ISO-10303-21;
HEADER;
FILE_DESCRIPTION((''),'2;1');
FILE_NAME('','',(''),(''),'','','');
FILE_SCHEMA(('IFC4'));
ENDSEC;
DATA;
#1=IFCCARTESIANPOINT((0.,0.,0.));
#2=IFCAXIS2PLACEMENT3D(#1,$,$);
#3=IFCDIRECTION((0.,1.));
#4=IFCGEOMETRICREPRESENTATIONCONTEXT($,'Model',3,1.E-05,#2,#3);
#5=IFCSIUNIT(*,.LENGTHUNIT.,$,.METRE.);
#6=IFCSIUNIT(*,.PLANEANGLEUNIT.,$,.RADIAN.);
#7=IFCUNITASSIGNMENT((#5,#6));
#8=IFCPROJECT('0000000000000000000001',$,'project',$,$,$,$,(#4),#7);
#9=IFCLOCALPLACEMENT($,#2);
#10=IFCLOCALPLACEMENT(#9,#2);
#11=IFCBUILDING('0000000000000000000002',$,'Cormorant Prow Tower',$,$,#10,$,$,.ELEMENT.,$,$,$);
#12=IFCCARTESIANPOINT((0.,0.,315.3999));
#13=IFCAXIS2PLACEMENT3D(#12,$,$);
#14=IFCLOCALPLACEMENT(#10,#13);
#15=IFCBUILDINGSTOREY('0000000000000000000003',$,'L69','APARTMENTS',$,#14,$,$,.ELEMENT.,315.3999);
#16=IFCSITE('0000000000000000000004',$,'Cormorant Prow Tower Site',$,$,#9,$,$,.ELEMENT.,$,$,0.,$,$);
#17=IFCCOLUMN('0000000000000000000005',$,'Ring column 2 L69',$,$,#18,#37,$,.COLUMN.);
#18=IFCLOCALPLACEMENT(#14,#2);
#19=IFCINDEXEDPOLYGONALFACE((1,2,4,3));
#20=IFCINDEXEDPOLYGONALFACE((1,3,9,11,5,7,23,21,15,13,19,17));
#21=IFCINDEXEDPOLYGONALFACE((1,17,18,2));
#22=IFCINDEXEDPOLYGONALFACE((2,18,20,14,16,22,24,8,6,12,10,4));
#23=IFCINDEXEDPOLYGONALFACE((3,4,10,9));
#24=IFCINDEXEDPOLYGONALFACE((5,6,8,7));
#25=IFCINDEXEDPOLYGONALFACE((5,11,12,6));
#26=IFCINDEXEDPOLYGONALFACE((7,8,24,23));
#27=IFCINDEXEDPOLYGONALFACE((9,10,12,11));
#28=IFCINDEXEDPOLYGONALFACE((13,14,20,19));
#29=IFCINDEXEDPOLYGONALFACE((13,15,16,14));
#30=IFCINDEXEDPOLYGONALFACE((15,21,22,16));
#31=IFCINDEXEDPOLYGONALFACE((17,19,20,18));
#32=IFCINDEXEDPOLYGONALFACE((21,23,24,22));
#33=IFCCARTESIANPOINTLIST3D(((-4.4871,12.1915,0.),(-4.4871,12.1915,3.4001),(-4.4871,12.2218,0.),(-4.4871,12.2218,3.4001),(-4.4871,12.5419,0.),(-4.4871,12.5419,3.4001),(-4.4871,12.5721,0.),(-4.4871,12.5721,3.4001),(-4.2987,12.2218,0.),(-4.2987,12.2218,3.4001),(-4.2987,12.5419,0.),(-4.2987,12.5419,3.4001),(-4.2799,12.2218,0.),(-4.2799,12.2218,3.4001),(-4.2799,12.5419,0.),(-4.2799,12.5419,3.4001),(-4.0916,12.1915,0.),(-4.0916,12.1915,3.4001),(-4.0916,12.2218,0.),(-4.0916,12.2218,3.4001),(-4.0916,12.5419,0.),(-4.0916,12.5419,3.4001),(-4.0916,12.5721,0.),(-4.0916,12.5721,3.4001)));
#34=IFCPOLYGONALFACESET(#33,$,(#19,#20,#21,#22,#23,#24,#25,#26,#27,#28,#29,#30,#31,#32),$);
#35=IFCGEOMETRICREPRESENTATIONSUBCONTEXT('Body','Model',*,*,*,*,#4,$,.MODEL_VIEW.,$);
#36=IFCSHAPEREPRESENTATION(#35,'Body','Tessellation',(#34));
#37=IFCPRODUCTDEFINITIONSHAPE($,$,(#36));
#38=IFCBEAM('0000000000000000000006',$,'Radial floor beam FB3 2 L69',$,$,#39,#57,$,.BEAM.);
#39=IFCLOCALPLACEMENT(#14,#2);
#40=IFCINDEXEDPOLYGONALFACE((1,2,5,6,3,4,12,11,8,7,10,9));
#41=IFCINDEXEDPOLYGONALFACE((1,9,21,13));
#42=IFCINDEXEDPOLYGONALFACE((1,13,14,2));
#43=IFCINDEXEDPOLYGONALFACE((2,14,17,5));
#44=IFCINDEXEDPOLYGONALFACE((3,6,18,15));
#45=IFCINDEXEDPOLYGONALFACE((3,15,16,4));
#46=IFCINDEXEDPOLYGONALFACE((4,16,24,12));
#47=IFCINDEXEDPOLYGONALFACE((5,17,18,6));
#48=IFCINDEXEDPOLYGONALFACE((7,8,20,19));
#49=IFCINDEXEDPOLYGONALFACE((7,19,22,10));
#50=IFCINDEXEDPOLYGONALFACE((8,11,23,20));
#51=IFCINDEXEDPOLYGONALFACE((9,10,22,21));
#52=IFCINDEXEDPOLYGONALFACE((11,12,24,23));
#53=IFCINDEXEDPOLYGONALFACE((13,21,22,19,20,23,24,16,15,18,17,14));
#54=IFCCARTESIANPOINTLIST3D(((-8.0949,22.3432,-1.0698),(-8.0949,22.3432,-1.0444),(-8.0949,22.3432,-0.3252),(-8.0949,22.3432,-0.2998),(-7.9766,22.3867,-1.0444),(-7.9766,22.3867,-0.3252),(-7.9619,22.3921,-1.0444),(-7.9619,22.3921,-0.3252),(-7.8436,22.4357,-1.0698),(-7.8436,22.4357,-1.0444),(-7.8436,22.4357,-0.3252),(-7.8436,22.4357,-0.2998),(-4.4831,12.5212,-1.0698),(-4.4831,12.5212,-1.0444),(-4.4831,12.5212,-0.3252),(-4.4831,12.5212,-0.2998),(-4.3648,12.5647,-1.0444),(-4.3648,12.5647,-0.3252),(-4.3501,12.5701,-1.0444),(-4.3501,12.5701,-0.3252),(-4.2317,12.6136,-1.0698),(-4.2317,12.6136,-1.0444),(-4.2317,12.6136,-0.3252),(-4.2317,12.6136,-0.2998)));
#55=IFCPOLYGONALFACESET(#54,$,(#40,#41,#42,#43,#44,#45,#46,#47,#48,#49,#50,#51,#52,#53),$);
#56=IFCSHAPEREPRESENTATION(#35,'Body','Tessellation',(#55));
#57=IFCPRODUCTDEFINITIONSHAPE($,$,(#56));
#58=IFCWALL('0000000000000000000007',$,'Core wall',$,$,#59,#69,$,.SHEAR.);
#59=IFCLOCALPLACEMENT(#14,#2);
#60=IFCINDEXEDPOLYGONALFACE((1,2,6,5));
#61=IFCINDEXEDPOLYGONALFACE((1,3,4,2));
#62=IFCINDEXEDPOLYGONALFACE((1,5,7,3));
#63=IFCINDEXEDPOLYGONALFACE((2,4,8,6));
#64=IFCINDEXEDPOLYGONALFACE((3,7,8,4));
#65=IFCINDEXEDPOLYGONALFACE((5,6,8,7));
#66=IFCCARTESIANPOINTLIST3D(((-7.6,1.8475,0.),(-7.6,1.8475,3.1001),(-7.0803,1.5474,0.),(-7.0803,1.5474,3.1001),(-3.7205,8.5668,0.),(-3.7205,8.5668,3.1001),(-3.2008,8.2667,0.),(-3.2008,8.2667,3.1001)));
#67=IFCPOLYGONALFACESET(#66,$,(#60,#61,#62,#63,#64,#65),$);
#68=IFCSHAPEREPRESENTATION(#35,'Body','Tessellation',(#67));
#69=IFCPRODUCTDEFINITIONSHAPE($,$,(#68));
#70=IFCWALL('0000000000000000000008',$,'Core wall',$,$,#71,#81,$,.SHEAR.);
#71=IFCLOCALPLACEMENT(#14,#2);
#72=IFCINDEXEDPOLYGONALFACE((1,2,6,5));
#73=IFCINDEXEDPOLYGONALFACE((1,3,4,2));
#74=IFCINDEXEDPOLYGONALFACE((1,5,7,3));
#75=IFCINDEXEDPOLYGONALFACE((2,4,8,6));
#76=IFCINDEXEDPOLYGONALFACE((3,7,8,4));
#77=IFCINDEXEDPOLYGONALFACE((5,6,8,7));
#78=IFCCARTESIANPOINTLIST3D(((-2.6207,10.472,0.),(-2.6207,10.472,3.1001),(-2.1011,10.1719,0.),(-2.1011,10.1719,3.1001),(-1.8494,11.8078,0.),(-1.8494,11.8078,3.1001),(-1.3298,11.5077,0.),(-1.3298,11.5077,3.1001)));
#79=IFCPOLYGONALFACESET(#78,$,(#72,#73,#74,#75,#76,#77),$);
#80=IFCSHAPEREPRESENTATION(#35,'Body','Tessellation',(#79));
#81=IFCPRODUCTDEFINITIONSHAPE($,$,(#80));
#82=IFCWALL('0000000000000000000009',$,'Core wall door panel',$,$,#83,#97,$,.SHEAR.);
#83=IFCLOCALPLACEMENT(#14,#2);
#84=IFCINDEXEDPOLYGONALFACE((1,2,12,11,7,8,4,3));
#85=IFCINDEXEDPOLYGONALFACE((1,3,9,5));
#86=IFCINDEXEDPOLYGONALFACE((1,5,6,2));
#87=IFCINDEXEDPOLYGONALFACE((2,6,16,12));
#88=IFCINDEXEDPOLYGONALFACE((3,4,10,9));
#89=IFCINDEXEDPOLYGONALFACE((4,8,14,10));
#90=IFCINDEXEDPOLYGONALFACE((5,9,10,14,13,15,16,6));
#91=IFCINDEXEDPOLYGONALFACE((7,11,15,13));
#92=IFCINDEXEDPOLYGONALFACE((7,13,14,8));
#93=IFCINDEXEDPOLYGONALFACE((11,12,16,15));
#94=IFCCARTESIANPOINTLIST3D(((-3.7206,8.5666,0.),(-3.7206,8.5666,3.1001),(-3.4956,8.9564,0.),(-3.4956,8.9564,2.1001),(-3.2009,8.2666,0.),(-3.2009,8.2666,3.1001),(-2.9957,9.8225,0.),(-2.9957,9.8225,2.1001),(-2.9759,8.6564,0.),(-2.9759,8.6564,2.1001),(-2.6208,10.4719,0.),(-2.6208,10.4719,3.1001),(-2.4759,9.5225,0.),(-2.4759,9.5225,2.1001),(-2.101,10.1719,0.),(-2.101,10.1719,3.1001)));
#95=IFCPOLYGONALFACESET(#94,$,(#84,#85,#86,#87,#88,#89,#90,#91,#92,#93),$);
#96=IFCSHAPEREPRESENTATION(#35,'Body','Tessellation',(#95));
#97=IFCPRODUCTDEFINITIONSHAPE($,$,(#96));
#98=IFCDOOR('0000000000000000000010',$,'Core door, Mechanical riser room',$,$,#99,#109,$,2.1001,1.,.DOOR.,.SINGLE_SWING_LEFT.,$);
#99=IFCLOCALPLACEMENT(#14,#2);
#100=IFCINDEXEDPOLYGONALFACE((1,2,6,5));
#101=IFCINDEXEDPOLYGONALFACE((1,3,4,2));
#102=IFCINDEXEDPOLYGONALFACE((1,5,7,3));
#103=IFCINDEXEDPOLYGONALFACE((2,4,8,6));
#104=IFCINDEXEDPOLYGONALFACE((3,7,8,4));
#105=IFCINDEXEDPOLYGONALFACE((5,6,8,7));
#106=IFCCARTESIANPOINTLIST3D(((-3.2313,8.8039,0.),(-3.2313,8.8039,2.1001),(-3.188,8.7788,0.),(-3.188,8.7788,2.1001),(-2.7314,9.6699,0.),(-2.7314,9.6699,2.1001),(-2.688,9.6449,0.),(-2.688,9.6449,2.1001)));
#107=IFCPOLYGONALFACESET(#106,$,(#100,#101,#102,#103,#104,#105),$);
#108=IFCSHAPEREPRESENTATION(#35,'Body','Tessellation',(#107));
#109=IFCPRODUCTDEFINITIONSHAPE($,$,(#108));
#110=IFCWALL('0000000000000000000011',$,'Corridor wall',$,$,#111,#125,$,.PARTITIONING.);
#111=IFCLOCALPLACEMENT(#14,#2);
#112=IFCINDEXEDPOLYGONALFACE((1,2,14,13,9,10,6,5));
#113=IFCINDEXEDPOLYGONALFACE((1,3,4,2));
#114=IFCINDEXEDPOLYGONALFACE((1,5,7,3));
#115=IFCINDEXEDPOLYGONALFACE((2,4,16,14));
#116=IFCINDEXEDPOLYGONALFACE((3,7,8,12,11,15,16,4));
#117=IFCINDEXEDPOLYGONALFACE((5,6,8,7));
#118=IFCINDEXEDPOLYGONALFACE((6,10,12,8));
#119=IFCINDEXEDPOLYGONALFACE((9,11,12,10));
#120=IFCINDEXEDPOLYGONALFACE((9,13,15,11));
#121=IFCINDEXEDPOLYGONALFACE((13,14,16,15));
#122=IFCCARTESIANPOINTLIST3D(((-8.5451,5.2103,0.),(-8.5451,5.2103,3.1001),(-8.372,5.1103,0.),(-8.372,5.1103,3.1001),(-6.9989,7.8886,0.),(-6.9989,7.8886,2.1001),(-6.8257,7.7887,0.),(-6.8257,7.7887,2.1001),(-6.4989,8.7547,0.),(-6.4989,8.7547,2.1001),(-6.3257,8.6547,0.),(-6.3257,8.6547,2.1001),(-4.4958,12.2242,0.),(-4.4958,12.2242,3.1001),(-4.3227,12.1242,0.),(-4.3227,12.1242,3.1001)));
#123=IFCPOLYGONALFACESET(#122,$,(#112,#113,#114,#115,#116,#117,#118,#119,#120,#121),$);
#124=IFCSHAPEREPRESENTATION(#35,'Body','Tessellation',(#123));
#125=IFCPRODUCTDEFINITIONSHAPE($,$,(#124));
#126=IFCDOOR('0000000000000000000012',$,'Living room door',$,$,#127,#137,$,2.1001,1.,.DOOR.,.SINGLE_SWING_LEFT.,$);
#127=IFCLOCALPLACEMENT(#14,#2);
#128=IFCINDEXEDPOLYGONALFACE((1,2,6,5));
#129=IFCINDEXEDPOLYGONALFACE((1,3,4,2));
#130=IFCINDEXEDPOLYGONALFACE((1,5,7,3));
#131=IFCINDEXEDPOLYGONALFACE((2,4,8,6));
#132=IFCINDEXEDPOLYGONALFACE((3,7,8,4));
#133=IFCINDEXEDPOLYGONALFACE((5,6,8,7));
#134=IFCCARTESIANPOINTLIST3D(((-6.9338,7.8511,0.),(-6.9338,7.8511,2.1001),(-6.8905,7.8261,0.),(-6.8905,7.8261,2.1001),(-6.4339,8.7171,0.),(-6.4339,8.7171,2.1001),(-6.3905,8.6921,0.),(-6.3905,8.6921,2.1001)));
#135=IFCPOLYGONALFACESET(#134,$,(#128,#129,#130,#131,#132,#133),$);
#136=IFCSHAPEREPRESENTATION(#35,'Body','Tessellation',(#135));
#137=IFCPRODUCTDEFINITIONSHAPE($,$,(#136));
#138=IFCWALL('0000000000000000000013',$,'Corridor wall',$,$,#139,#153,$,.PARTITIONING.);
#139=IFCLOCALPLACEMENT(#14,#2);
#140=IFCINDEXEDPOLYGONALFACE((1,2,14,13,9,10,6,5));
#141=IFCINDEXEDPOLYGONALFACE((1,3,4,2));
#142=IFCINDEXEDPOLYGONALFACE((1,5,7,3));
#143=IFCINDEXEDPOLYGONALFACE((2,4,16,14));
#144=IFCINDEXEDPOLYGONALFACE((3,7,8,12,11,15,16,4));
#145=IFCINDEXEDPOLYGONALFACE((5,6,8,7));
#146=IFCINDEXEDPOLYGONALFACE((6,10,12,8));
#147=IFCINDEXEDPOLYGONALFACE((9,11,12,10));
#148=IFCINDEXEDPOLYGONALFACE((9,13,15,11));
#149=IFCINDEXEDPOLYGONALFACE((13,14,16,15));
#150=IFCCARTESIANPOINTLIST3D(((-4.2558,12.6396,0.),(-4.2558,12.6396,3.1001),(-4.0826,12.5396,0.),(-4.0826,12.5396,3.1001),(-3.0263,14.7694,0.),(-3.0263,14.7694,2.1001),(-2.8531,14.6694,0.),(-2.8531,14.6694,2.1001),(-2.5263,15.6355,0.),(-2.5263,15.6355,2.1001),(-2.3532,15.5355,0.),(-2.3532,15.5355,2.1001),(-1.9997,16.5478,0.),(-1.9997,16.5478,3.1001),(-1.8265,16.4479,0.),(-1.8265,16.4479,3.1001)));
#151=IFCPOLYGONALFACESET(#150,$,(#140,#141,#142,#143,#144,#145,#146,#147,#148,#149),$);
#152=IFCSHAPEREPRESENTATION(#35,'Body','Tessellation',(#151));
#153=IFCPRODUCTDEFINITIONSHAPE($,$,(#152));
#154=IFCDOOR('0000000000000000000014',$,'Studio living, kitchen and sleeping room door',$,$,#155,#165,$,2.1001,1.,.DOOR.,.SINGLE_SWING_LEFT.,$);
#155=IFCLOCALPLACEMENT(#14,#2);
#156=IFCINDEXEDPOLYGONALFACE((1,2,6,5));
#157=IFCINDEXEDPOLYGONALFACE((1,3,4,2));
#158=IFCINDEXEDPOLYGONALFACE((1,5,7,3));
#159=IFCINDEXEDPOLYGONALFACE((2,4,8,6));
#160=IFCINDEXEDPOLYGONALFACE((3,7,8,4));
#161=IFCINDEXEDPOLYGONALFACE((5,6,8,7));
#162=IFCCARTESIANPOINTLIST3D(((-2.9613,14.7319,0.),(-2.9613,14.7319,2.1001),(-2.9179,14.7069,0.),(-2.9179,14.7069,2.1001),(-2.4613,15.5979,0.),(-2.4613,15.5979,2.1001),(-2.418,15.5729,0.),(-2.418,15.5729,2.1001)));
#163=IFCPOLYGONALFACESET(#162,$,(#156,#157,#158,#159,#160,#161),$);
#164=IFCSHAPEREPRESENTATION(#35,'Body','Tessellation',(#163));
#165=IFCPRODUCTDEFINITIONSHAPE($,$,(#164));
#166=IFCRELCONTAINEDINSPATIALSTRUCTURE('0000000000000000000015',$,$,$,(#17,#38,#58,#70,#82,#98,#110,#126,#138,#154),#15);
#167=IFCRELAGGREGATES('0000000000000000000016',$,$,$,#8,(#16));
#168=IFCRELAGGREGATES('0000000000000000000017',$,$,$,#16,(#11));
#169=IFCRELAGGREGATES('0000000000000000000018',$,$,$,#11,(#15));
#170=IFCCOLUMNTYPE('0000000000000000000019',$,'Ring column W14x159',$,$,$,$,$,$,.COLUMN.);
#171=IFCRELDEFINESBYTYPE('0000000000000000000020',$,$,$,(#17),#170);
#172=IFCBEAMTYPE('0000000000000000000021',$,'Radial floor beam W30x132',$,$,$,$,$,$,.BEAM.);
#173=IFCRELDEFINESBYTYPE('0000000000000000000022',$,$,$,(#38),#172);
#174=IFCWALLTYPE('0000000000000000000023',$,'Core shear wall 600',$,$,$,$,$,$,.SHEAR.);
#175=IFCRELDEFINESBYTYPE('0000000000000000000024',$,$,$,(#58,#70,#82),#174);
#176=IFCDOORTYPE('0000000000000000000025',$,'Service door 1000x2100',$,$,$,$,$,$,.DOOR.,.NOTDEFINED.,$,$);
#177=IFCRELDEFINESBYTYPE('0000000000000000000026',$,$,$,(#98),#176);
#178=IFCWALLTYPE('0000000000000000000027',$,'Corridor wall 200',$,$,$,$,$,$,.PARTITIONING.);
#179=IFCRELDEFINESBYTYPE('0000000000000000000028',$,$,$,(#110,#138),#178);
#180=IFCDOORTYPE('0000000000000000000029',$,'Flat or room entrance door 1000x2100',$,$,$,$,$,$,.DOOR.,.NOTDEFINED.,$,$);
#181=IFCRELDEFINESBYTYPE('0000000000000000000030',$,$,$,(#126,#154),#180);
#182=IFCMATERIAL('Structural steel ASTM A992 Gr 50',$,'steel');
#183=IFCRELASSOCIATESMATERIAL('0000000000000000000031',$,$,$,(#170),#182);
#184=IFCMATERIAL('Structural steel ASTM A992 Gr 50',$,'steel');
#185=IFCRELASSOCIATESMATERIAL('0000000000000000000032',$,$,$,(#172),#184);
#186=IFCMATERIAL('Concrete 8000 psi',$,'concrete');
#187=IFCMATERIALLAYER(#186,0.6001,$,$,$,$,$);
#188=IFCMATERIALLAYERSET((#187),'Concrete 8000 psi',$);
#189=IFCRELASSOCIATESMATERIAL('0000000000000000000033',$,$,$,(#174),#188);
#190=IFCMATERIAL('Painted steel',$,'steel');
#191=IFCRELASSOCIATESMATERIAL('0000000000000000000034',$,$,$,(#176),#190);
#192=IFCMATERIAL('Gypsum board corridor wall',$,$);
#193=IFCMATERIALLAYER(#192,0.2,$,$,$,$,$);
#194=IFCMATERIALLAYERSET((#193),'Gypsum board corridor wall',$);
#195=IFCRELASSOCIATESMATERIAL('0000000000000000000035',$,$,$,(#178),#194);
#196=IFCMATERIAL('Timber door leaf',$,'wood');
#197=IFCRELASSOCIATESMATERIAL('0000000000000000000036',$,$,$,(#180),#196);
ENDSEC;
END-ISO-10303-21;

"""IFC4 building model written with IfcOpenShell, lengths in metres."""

from ifc_helpers import new_model, si_unit, direction, frame, frame_2d, origin, origin_2d, place, context, subcontext, project, spatial, rectangle, i_section, extrude, material, layer, layer_set, material_profile, profile_set, type_object, element, fill, save


model = new_model("IFC4")

# Units and contexts
model_context = context("Model", 3, precision=1e-05, world=origin(), true_north=direction((0.0, 1.0)))
body_context = subcontext(model_context, "Body", "Model", "MODEL_VIEW")
ifc_project = project(units=[si_unit("LENGTHUNIT", "METRE"), si_unit("PLANEANGLEUNIT", "RADIAN")], contexts=[model_context])

# Site, building, storey
site_placement = place(None, origin())
site = spatial("IfcSite", under=ifc_project, at=site_placement, Name="Cormorant Prow Tower Site", CompositionType="ELEMENT", RefElevation=0.0)
building_placement = place(site_placement, origin())
building = spatial("IfcBuilding", under=site, at=building_placement, Name="Cormorant Prow Tower", CompositionType="ELEMENT")
storey_placement = place(building_placement, frame((0.0, 0.0, 315.3999)))
storey = spatial("IfcBuildingStorey", under=building, at=storey_placement, Name="L69", Description="APARTMENTS", CompositionType="ELEMENT", Elevation=315.3999)

# Column
ifc_material_1 = material(Name="Structural steel ASTM A992 Gr 50", Category="steel")
ifc_material_profile_1 = material_profile(ifc_material_1, i_section(OverallWidth=0.3955, OverallDepth=0.3806, WebThickness=0.0188, FlangeThickness=0.0303, at=origin_2d()), Name="W14x159")
ifc_profile_set_1 = profile_set([ifc_material_profile_1], Name="Structural steel ASTM A992 Gr 50")
column_type = type_object("IfcColumnType", Name="Ring column W14x159", PredefinedType="COLUMN", material=ifc_profile_set_1)
column_placement = place(storey_placement, frame((-4.2893, 12.3818, 0.0), z_axis=(0.0, 0.0, 1.0), x_axis=(1.0, 0.0, 0.0)))
element("IfcColumn", 1, at=column_placement, inside=storey, type_object=column_type, Name="Ring column 2 L69", PredefinedType="COLUMN", context=body_context, shape_type="SweptSolid", body=[
    extrude(i_section(OverallWidth=0.3955, OverallDepth=0.3806, WebThickness=0.0188, FlangeThickness=0.0303, at=origin_2d()), origin(), (0.0, 0.0, 1.0), 3.4001),
])

# Beam
ifc_material_2 = material(Name="Structural steel ASTM A992 Gr 50", Category="steel")
ifc_material_profile_2 = material_profile(ifc_material_2, i_section(OverallWidth=0.2678, OverallDepth=0.77, WebThickness=0.0156, FlangeThickness=0.0254, at=origin_2d()), Name="W30x132")
ifc_profile_set_2 = profile_set([ifc_material_profile_2], Name="Structural steel ASTM A992 Gr 50")
beam_type = type_object("IfcBeamType", Name="Radial floor beam W30x132", PredefinedType="BEAM", material=ifc_profile_set_2)
beam_placement = place(storey_placement, frame((-4.3574, 12.5674, -0.6848), z_axis=(-0.345131, 0.938554, 0.0), x_axis=(-0.938554, -0.345131, 0.0)))
element("IfcBeam", 2, at=beam_placement, inside=storey, type_object=beam_type, Name="Radial floor beam FB3 2 L69", PredefinedType="BEAM", context=body_context, shape_type="SweptSolid", body=[
    extrude(i_section(OverallWidth=0.2678, OverallDepth=0.77, WebThickness=0.0156, FlangeThickness=0.0254, at=origin_2d()), origin(), (0.0, 0.0, 1.0), 10.4651),
])

# Walls
ifc_material_3 = material(Name="Concrete 8000 psi", Category="concrete")
ifc_layer_1 = layer(ifc_material_3, 0.6001)
ifc_layer_set_1 = layer_set([ifc_layer_1], Name="Concrete 8000 psi")
wall_type_1 = type_object("IfcWallType", Name="Core shear wall 600", PredefinedType="SHEAR", material=ifc_layer_set_1)
wall_1_placement = place(storey_placement, frame((-3.4607, 8.4167, 0.0), z_axis=(0.0, 0.0, 1.0), x_axis=(-0.500004, -0.866023, 0.0)))
element("IfcWall", 3, at=wall_1_placement, inside=storey, type_object=wall_type_1, Name="Core wall", PredefinedType="SHEAR", context=body_context, shape_type="SweptSolid", body=[
    extrude(rectangle(XDim=7.7588, YDim=0.6001, at=frame_2d((3.8794, 0.0))), origin(), (0.0, 0.0, 1.0), 3.1001),
])
wall_2_placement = place(storey_placement, frame((-1.5896, 11.6577, 0.0), z_axis=(0.0, 0.0, 1.0), x_axis=(-0.500038, -0.866004, 0.0)))
element("IfcWall", 4, at=wall_2_placement, inside=storey, type_object=wall_type_1, Name="Core wall", PredefinedType="SHEAR", context=body_context, shape_type="SweptSolid", body=[
    extrude(rectangle(XDim=1.5425, YDim=0.6001, at=frame_2d((0.7712, 0.0))), origin(), (0.0, 0.0, 1.0), 3.1001),
])

# Walls, openings, doors
wall_3_placement = place(storey_placement, frame((-2.3608, 10.322, 0.0), z_axis=(0.0, 0.0, 1.0), x_axis=(-0.499947, -0.866056, 0.0)))
wall_3 = element("IfcWall", 5, at=wall_3_placement, inside=storey, type_object=wall_type_1, Name="Core wall door panel", PredefinedType="SHEAR", context=body_context, shape_type="SweptSolid", body=[
    extrude(rectangle(XDim=2.2, YDim=0.6001, at=frame_2d((1.1001, 0.0))), origin(), (0.0, 0.0, 1.0), 3.1001),
])
opening_1_placement = place(wall_3_placement, frame((0.75, 0.0, 0.0)))
opening_1 = element("IfcOpeningElement", 6, at=opening_1_placement, cuts=wall_3, PredefinedType="OPENING", context=body_context, shape_type="SweptSolid", body=[
    extrude(rectangle(XDim=1.0, YDim=2.1001, at=frame_2d((0.5, 1.05))), frame((0.0, 0.3101, 0.0), z_axis=(0.0, -1.0, 0.0), x_axis=(1.0, 0.0, 0.0)), (0.0, 0.0, 1.0), 0.6201),
])
ifc_material_4 = material(Name="Painted steel", Category="steel")
door_type_1 = type_object("IfcDoorType", Name="Service door 1000x2100", OperationType="NOTDEFINED", PredefinedType="DOOR", material=ifc_material_4)
door_1_placement = place(opening_1_placement, origin())
door_1 = element("IfcDoor", 7, at=door_1_placement, inside=storey, type_object=door_type_1, Name="Core door, Mechanical riser room", OperationType="SINGLE_SWING_LEFT", OverallHeight=2.1001, OverallWidth=1.0, PredefinedType="DOOR", context=body_context, shape_type="SweptSolid", body=[
    extrude(rectangle(XDim=1.0, YDim=2.1001, at=frame_2d((0.5, 1.05))), frame((0.0, 0.0552, 0.0), z_axis=(0.0, -1.0, 0.0), x_axis=(1.0, 0.0, 0.0)), (0.0, 0.0, 1.0), 0.05),
])
fill(opening_1, door_1)
ifc_material_5 = material(Name="Gypsum board corridor wall")
ifc_layer_2 = layer(ifc_material_5, 0.2)
ifc_layer_set_2 = layer_set([ifc_layer_2], Name="Gypsum board corridor wall")
wall_type_2 = type_object("IfcWallType", Name="Corridor wall 200", PredefinedType="PARTITIONING", material=ifc_layer_set_2)
wall_4_placement = place(storey_placement, frame((-8.4585, 5.1604, 0.0), z_axis=(0.0, 0.0, 1.0), x_axis=(0.499984, 0.866034, 0.0)))
wall_4 = element("IfcWall", 8, at=wall_4_placement, inside=storey, type_object=wall_type_2, Name="Corridor wall", PredefinedType="PARTITIONING", context=body_context, shape_type="SweptSolid", body=[
    extrude(rectangle(XDim=8.0989, YDim=0.2, at=frame_2d((4.0493, 0.0))), origin(), (0.0, 0.0, 1.0), 3.1001),
])
opening_2_placement = place(wall_4_placement, frame((3.0925, 0.0, 0.0)))
opening_2 = element("IfcOpeningElement", 9, at=opening_2_placement, cuts=wall_4, PredefinedType="OPENING", context=body_context, shape_type="SweptSolid", body=[
    extrude(rectangle(XDim=1.0, YDim=2.1001, at=frame_2d((0.5, 1.05))), frame((0.0, 0.1099, 0.0), z_axis=(0.0, -1.0, 0.0), x_axis=(1.0, 0.0, 0.0)), (0.0, 0.0, 1.0), 0.22),
])
ifc_material_6 = material(Name="Timber door leaf", Category="wood")
door_type_2 = type_object("IfcDoorType", Name="Flat or room entrance door 1000x2100", OperationType="NOTDEFINED", PredefinedType="DOOR", material=ifc_material_6)
door_2_placement = place(opening_2_placement, origin())
door_2 = element("IfcDoor", 10, at=door_2_placement, inside=storey, type_object=door_type_2, Name="Living room door", OperationType="SINGLE_SWING_LEFT", OverallHeight=2.1001, OverallWidth=1.0, PredefinedType="DOOR", context=body_context, shape_type="SweptSolid", body=[
    extrude(rectangle(XDim=1.0, YDim=2.1001, at=frame_2d((0.5, 1.05))), frame((0.0, 0.0249, 0.0), z_axis=(0.0, -1.0, 0.0), x_axis=(1.0, 0.0, 0.0)), (0.0, 0.0, 1.0), 0.05),
])
fill(opening_2, door_2)
wall_5_placement = place(storey_placement, frame((-4.1692, 12.5896, 0.0), z_axis=(0.0, 0.0, 1.0), x_axis=(0.49995, 0.866054, 0.0)))
wall_5 = element("IfcWall", 11, at=wall_5_placement, inside=storey, type_object=wall_type_2, Name="Corridor wall", PredefinedType="PARTITIONING", context=body_context, shape_type="SweptSolid", body=[
    extrude(rectangle(XDim=4.5127, YDim=0.2, at=frame_2d((2.2563, 0.0))), origin(), (0.0, 0.0, 1.0), 3.1001),
])
opening_3_placement = place(wall_5_placement, frame((2.4592, 0.0, 0.0)))
opening_3 = element("IfcOpeningElement", 12, at=opening_3_placement, cuts=wall_5, PredefinedType="OPENING", context=body_context, shape_type="SweptSolid", body=[
    extrude(rectangle(XDim=1.0, YDim=2.1001, at=frame_2d((0.5, 1.05))), frame((0.0, 0.1099, 0.0), z_axis=(0.0, -1.0, 0.0), x_axis=(1.0, 0.0, 0.0)), (0.0, 0.0, 1.0), 0.22),
])
door_3_placement = place(opening_3_placement, origin())
door_3 = element("IfcDoor", 13, at=door_3_placement, inside=storey, type_object=door_type_2, Name="Studio living, kitchen and sleeping room door", OperationType="SINGLE_SWING_LEFT", OverallHeight=2.1001, OverallWidth=1.0, PredefinedType="DOOR", context=body_context, shape_type="SweptSolid", body=[
    extrude(rectangle(XDim=1.0, YDim=2.1001, at=frame_2d((0.5, 1.05))), frame((0.0, 0.0249, 0.0), z_axis=(0.0, -1.0, 0.0), x_axis=(1.0, 0.0, 0.0)), (0.0, 0.0, 1.0), 0.05),
])
fill(opening_3, door_3)

save(model, "model.ifc")
